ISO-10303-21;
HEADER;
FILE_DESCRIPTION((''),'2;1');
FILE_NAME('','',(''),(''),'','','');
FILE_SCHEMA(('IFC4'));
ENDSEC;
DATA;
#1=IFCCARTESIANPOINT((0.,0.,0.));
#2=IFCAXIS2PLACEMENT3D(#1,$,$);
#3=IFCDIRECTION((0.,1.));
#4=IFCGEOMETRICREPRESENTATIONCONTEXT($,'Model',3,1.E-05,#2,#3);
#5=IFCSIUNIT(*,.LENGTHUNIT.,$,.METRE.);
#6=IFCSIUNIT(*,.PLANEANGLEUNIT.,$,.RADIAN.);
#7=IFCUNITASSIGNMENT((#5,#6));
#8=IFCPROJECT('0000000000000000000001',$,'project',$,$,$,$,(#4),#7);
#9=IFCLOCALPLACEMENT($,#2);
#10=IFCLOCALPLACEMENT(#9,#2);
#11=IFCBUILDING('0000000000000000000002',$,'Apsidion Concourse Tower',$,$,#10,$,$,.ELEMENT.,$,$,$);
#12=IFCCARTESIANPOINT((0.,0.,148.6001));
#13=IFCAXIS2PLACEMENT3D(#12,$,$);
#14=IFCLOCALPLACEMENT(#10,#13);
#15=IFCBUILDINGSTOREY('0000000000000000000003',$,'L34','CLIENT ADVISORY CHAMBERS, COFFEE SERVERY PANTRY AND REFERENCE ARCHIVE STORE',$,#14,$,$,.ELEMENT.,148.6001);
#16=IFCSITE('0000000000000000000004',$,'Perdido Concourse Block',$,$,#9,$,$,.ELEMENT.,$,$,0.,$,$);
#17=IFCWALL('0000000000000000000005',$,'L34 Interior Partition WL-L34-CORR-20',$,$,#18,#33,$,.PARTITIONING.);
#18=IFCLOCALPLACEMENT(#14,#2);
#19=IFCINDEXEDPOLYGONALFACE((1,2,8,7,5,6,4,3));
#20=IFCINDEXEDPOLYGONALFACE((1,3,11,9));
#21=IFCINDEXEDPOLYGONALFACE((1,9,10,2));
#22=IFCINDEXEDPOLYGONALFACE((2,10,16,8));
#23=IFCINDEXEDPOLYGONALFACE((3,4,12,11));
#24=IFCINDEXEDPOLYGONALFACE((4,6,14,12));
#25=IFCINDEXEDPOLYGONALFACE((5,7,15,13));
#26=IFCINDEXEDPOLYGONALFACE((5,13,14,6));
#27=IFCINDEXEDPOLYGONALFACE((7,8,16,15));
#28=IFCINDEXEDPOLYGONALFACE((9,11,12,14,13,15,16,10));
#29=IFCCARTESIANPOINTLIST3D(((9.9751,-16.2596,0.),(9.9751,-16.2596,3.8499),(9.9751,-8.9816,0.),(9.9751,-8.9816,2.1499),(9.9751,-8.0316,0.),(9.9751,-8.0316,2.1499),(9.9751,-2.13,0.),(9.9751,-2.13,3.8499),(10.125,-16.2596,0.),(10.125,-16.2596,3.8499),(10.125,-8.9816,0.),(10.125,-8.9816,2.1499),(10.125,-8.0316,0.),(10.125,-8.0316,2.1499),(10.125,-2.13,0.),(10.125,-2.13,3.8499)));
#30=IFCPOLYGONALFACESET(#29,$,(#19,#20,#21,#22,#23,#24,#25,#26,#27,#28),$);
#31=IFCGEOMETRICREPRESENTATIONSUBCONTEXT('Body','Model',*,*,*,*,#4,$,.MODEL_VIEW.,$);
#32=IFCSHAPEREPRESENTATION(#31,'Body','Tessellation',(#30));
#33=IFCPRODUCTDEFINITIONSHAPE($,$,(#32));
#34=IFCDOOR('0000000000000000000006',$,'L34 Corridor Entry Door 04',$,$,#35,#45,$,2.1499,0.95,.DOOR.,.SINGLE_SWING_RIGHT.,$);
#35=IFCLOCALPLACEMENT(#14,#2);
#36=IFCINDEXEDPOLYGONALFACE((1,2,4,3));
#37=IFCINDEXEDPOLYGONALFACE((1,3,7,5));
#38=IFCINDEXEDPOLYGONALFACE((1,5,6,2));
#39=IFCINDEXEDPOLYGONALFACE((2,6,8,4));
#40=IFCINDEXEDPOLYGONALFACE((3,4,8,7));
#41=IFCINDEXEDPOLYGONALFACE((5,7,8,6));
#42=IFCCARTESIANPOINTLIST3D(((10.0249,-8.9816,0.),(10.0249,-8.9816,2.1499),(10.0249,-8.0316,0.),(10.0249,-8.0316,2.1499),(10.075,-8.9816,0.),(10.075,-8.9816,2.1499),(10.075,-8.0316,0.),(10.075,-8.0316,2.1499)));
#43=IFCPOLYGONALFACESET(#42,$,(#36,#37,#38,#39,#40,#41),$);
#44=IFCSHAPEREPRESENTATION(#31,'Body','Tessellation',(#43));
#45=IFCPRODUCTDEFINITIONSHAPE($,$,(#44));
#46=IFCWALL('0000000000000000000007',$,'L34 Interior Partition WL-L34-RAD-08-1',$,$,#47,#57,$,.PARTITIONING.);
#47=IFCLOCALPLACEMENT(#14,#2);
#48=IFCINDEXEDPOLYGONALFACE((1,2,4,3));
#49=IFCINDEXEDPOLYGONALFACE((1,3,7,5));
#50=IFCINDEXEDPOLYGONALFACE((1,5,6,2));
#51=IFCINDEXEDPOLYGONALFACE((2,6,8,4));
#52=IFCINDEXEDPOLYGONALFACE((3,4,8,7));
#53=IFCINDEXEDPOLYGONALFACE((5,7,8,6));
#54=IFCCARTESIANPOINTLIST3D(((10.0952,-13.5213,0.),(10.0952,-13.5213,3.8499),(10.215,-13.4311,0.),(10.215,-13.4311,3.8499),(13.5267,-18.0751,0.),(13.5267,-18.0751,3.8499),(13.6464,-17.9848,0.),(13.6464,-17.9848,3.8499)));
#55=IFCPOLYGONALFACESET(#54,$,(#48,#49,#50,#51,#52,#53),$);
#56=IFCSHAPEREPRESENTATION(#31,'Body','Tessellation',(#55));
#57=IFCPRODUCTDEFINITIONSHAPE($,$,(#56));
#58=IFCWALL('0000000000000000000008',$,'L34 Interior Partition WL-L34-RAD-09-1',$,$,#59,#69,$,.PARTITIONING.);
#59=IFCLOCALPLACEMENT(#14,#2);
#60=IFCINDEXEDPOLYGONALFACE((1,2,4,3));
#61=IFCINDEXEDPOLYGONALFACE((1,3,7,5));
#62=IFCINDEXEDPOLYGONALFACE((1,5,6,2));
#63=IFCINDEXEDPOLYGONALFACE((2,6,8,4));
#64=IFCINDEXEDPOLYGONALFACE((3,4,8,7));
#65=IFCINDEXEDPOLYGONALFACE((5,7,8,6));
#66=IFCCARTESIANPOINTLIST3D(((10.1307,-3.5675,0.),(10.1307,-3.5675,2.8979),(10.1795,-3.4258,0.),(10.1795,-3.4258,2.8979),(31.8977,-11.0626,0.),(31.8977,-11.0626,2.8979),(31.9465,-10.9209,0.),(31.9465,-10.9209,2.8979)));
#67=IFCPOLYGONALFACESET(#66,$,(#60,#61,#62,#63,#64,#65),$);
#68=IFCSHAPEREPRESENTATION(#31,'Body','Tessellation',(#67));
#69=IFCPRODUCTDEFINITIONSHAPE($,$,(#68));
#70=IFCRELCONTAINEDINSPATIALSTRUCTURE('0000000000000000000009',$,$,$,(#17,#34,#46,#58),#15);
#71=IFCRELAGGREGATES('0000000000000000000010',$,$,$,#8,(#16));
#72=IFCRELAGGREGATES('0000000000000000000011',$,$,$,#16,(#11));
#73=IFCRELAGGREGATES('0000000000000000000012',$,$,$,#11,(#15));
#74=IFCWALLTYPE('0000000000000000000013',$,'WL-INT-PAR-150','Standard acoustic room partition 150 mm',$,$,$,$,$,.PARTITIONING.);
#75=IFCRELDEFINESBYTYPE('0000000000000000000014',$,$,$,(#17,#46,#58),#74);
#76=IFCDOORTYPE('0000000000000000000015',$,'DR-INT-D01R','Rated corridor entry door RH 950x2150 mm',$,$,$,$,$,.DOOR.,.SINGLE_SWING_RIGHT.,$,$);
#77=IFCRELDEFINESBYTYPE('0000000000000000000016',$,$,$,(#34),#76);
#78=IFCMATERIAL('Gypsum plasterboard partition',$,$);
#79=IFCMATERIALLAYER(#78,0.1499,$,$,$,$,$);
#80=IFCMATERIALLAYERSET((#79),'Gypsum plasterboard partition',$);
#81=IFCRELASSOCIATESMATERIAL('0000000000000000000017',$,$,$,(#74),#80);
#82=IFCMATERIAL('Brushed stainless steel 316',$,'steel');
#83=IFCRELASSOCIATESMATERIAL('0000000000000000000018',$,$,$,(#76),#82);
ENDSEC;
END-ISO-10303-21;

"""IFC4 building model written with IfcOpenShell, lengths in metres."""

from ifc_helpers import new_model, si_unit, direction, frame, frame_2d, origin, place, context, subcontext, project, spatial, rectangle, extrude, material, layer, layer_set, type_object, element, fill, save


model = new_model("IFC4")

# Units and contexts
model_context = context("Model", 3, precision=1e-05, world=origin(), true_north=direction((0.0, 1.0)))
body_context = subcontext(model_context, "Body", "Model", "MODEL_VIEW")
ifc_project = project(units=[si_unit("LENGTHUNIT", "METRE"), si_unit("PLANEANGLEUNIT", "RADIAN")], contexts=[model_context])

# Site, building, storey
site_placement = place(None, origin())
site = spatial("IfcSite", under=ifc_project, at=site_placement, Name="Perdido Concourse Block", CompositionType="ELEMENT", RefElevation=0.0)
building_placement = place(site_placement, origin())
building = spatial("IfcBuilding", under=site, at=building_placement, Name="Apsidion Concourse Tower", CompositionType="ELEMENT")
storey_placement = place(building_placement, frame((0.0, 0.0, 148.6001)))
storey = spatial("IfcBuildingStorey", under=building, at=storey_placement, Name="L34", Description="CLIENT ADVISORY CHAMBERS, COFFEE SERVERY PANTRY AND REFERENCE ARCHIVE STORE", CompositionType="ELEMENT", Elevation=148.6001)

# Shared definitions
ifc_material_1 = material(Name="Gypsum plasterboard partition")
ifc_layer_1 = layer(ifc_material_1, 0.1499)
ifc_layer_set_1 = layer_set([ifc_layer_1], Name="Gypsum plasterboard partition")
wall_type_1 = type_object("IfcWallType", Name="WL-INT-PAR-150", Description="Standard acoustic room partition 150 mm", PredefinedType="PARTITIONING", material=ifc_layer_set_1)

# Wall, opening, door
wall_1_placement = place(storey_placement, frame((10.05, -2.1299, 0.0), z_axis=(0.0, 0.0, 1.0), x_axis=(0.0, -1.0, 0.0)))
wall_1 = element("IfcWall", 1, at=wall_1_placement, inside=storey, type_object=wall_type_1, Name="L34 Interior Partition WL-L34-CORR-20", PredefinedType="PARTITIONING", context=body_context, shape_type="SweptSolid", body=[
    extrude(rectangle(XDim=14.1296, YDim=0.1499, at=frame_2d((7.0649, 0.0))), origin(), (0.0, 0.0, 1.0), 3.8499),
])
opening_1_placement = place(wall_1_placement, frame((5.9016, 0.0, 0.0)))
opening_1 = element("IfcOpeningElement", 2, at=opening_1_placement, cuts=wall_1, PredefinedType="OPENING", context=body_context, shape_type="SweptSolid", body=[
    extrude(rectangle(XDim=0.95, YDim=2.1499, at=frame_2d((0.4751, 1.075))), frame((0.0, 0.085, 0.0), z_axis=(0.0, -1.0, 0.0), x_axis=(1.0, 0.0, 0.0)), (0.0, 0.0, 1.0), 0.1699),
])
ifc_material_2 = material(Name="Brushed stainless steel 316", Category="steel")
door_type_1 = type_object("IfcDoorType", Name="DR-INT-D01R", Description="Rated corridor entry door RH 950x2150 mm", OperationType="SINGLE_SWING_RIGHT", PredefinedType="DOOR", material=ifc_material_2)
door_1_placement = place(opening_1_placement, origin())
door_1 = element("IfcDoor", 3, at=door_1_placement, inside=storey, type_object=door_type_1, Name="L34 Corridor Entry Door 04", OperationType="SINGLE_SWING_RIGHT", OverallHeight=2.1499, OverallWidth=0.95, PredefinedType="DOOR", context=body_context, shape_type="SweptSolid", body=[
    extrude(rectangle(XDim=0.95, YDim=2.1499, at=frame_2d((0.4751, 1.075))), frame((0.0, 0.0249, 0.0), z_axis=(0.0, -1.0, 0.0), x_axis=(1.0, 0.0, 0.0)), (0.0, 0.0, 1.0), 0.05),
])
fill(opening_1, door_1)

# Walls
wall_2_placement = place(storey_placement, frame((10.155, -13.4761, 0.0), z_axis=(0.0, 0.0, 1.0), x_axis=(0.601807, -0.798641, 0.0)))
element("IfcWall", 4, at=wall_2_placement, inside=storey, type_object=wall_type_1, Name="L34 Interior Partition WL-L34-RAD-08-1", PredefinedType="PARTITIONING", context=body_context, shape_type="SweptSolid", body=[
    extrude(rectangle(XDim=5.7019, YDim=0.1499, at=frame_2d((2.8511, 0.0))), origin(), (0.0, 0.0, 1.0), 3.8499),
])
wall_3_placement = place(storey_placement, frame((10.155, -3.4966, 0.0), z_axis=(0.0, 0.0, 1.0), x_axis=(0.945516, -0.325576, 0.0)))
element("IfcWall", 5, at=wall_3_placement, inside=storey, type_object=wall_type_1, Name="L34 Interior Partition WL-L34-RAD-09-1", PredefinedType="PARTITIONING", context=body_context, shape_type="SweptSolid", body=[
    extrude(rectangle(XDim=23.0212, YDim=0.1499, at=frame_2d((11.5107, 0.0))), origin(), (0.0, 0.0, 1.0), 2.8979),
])

save(model, "model.ifc")
